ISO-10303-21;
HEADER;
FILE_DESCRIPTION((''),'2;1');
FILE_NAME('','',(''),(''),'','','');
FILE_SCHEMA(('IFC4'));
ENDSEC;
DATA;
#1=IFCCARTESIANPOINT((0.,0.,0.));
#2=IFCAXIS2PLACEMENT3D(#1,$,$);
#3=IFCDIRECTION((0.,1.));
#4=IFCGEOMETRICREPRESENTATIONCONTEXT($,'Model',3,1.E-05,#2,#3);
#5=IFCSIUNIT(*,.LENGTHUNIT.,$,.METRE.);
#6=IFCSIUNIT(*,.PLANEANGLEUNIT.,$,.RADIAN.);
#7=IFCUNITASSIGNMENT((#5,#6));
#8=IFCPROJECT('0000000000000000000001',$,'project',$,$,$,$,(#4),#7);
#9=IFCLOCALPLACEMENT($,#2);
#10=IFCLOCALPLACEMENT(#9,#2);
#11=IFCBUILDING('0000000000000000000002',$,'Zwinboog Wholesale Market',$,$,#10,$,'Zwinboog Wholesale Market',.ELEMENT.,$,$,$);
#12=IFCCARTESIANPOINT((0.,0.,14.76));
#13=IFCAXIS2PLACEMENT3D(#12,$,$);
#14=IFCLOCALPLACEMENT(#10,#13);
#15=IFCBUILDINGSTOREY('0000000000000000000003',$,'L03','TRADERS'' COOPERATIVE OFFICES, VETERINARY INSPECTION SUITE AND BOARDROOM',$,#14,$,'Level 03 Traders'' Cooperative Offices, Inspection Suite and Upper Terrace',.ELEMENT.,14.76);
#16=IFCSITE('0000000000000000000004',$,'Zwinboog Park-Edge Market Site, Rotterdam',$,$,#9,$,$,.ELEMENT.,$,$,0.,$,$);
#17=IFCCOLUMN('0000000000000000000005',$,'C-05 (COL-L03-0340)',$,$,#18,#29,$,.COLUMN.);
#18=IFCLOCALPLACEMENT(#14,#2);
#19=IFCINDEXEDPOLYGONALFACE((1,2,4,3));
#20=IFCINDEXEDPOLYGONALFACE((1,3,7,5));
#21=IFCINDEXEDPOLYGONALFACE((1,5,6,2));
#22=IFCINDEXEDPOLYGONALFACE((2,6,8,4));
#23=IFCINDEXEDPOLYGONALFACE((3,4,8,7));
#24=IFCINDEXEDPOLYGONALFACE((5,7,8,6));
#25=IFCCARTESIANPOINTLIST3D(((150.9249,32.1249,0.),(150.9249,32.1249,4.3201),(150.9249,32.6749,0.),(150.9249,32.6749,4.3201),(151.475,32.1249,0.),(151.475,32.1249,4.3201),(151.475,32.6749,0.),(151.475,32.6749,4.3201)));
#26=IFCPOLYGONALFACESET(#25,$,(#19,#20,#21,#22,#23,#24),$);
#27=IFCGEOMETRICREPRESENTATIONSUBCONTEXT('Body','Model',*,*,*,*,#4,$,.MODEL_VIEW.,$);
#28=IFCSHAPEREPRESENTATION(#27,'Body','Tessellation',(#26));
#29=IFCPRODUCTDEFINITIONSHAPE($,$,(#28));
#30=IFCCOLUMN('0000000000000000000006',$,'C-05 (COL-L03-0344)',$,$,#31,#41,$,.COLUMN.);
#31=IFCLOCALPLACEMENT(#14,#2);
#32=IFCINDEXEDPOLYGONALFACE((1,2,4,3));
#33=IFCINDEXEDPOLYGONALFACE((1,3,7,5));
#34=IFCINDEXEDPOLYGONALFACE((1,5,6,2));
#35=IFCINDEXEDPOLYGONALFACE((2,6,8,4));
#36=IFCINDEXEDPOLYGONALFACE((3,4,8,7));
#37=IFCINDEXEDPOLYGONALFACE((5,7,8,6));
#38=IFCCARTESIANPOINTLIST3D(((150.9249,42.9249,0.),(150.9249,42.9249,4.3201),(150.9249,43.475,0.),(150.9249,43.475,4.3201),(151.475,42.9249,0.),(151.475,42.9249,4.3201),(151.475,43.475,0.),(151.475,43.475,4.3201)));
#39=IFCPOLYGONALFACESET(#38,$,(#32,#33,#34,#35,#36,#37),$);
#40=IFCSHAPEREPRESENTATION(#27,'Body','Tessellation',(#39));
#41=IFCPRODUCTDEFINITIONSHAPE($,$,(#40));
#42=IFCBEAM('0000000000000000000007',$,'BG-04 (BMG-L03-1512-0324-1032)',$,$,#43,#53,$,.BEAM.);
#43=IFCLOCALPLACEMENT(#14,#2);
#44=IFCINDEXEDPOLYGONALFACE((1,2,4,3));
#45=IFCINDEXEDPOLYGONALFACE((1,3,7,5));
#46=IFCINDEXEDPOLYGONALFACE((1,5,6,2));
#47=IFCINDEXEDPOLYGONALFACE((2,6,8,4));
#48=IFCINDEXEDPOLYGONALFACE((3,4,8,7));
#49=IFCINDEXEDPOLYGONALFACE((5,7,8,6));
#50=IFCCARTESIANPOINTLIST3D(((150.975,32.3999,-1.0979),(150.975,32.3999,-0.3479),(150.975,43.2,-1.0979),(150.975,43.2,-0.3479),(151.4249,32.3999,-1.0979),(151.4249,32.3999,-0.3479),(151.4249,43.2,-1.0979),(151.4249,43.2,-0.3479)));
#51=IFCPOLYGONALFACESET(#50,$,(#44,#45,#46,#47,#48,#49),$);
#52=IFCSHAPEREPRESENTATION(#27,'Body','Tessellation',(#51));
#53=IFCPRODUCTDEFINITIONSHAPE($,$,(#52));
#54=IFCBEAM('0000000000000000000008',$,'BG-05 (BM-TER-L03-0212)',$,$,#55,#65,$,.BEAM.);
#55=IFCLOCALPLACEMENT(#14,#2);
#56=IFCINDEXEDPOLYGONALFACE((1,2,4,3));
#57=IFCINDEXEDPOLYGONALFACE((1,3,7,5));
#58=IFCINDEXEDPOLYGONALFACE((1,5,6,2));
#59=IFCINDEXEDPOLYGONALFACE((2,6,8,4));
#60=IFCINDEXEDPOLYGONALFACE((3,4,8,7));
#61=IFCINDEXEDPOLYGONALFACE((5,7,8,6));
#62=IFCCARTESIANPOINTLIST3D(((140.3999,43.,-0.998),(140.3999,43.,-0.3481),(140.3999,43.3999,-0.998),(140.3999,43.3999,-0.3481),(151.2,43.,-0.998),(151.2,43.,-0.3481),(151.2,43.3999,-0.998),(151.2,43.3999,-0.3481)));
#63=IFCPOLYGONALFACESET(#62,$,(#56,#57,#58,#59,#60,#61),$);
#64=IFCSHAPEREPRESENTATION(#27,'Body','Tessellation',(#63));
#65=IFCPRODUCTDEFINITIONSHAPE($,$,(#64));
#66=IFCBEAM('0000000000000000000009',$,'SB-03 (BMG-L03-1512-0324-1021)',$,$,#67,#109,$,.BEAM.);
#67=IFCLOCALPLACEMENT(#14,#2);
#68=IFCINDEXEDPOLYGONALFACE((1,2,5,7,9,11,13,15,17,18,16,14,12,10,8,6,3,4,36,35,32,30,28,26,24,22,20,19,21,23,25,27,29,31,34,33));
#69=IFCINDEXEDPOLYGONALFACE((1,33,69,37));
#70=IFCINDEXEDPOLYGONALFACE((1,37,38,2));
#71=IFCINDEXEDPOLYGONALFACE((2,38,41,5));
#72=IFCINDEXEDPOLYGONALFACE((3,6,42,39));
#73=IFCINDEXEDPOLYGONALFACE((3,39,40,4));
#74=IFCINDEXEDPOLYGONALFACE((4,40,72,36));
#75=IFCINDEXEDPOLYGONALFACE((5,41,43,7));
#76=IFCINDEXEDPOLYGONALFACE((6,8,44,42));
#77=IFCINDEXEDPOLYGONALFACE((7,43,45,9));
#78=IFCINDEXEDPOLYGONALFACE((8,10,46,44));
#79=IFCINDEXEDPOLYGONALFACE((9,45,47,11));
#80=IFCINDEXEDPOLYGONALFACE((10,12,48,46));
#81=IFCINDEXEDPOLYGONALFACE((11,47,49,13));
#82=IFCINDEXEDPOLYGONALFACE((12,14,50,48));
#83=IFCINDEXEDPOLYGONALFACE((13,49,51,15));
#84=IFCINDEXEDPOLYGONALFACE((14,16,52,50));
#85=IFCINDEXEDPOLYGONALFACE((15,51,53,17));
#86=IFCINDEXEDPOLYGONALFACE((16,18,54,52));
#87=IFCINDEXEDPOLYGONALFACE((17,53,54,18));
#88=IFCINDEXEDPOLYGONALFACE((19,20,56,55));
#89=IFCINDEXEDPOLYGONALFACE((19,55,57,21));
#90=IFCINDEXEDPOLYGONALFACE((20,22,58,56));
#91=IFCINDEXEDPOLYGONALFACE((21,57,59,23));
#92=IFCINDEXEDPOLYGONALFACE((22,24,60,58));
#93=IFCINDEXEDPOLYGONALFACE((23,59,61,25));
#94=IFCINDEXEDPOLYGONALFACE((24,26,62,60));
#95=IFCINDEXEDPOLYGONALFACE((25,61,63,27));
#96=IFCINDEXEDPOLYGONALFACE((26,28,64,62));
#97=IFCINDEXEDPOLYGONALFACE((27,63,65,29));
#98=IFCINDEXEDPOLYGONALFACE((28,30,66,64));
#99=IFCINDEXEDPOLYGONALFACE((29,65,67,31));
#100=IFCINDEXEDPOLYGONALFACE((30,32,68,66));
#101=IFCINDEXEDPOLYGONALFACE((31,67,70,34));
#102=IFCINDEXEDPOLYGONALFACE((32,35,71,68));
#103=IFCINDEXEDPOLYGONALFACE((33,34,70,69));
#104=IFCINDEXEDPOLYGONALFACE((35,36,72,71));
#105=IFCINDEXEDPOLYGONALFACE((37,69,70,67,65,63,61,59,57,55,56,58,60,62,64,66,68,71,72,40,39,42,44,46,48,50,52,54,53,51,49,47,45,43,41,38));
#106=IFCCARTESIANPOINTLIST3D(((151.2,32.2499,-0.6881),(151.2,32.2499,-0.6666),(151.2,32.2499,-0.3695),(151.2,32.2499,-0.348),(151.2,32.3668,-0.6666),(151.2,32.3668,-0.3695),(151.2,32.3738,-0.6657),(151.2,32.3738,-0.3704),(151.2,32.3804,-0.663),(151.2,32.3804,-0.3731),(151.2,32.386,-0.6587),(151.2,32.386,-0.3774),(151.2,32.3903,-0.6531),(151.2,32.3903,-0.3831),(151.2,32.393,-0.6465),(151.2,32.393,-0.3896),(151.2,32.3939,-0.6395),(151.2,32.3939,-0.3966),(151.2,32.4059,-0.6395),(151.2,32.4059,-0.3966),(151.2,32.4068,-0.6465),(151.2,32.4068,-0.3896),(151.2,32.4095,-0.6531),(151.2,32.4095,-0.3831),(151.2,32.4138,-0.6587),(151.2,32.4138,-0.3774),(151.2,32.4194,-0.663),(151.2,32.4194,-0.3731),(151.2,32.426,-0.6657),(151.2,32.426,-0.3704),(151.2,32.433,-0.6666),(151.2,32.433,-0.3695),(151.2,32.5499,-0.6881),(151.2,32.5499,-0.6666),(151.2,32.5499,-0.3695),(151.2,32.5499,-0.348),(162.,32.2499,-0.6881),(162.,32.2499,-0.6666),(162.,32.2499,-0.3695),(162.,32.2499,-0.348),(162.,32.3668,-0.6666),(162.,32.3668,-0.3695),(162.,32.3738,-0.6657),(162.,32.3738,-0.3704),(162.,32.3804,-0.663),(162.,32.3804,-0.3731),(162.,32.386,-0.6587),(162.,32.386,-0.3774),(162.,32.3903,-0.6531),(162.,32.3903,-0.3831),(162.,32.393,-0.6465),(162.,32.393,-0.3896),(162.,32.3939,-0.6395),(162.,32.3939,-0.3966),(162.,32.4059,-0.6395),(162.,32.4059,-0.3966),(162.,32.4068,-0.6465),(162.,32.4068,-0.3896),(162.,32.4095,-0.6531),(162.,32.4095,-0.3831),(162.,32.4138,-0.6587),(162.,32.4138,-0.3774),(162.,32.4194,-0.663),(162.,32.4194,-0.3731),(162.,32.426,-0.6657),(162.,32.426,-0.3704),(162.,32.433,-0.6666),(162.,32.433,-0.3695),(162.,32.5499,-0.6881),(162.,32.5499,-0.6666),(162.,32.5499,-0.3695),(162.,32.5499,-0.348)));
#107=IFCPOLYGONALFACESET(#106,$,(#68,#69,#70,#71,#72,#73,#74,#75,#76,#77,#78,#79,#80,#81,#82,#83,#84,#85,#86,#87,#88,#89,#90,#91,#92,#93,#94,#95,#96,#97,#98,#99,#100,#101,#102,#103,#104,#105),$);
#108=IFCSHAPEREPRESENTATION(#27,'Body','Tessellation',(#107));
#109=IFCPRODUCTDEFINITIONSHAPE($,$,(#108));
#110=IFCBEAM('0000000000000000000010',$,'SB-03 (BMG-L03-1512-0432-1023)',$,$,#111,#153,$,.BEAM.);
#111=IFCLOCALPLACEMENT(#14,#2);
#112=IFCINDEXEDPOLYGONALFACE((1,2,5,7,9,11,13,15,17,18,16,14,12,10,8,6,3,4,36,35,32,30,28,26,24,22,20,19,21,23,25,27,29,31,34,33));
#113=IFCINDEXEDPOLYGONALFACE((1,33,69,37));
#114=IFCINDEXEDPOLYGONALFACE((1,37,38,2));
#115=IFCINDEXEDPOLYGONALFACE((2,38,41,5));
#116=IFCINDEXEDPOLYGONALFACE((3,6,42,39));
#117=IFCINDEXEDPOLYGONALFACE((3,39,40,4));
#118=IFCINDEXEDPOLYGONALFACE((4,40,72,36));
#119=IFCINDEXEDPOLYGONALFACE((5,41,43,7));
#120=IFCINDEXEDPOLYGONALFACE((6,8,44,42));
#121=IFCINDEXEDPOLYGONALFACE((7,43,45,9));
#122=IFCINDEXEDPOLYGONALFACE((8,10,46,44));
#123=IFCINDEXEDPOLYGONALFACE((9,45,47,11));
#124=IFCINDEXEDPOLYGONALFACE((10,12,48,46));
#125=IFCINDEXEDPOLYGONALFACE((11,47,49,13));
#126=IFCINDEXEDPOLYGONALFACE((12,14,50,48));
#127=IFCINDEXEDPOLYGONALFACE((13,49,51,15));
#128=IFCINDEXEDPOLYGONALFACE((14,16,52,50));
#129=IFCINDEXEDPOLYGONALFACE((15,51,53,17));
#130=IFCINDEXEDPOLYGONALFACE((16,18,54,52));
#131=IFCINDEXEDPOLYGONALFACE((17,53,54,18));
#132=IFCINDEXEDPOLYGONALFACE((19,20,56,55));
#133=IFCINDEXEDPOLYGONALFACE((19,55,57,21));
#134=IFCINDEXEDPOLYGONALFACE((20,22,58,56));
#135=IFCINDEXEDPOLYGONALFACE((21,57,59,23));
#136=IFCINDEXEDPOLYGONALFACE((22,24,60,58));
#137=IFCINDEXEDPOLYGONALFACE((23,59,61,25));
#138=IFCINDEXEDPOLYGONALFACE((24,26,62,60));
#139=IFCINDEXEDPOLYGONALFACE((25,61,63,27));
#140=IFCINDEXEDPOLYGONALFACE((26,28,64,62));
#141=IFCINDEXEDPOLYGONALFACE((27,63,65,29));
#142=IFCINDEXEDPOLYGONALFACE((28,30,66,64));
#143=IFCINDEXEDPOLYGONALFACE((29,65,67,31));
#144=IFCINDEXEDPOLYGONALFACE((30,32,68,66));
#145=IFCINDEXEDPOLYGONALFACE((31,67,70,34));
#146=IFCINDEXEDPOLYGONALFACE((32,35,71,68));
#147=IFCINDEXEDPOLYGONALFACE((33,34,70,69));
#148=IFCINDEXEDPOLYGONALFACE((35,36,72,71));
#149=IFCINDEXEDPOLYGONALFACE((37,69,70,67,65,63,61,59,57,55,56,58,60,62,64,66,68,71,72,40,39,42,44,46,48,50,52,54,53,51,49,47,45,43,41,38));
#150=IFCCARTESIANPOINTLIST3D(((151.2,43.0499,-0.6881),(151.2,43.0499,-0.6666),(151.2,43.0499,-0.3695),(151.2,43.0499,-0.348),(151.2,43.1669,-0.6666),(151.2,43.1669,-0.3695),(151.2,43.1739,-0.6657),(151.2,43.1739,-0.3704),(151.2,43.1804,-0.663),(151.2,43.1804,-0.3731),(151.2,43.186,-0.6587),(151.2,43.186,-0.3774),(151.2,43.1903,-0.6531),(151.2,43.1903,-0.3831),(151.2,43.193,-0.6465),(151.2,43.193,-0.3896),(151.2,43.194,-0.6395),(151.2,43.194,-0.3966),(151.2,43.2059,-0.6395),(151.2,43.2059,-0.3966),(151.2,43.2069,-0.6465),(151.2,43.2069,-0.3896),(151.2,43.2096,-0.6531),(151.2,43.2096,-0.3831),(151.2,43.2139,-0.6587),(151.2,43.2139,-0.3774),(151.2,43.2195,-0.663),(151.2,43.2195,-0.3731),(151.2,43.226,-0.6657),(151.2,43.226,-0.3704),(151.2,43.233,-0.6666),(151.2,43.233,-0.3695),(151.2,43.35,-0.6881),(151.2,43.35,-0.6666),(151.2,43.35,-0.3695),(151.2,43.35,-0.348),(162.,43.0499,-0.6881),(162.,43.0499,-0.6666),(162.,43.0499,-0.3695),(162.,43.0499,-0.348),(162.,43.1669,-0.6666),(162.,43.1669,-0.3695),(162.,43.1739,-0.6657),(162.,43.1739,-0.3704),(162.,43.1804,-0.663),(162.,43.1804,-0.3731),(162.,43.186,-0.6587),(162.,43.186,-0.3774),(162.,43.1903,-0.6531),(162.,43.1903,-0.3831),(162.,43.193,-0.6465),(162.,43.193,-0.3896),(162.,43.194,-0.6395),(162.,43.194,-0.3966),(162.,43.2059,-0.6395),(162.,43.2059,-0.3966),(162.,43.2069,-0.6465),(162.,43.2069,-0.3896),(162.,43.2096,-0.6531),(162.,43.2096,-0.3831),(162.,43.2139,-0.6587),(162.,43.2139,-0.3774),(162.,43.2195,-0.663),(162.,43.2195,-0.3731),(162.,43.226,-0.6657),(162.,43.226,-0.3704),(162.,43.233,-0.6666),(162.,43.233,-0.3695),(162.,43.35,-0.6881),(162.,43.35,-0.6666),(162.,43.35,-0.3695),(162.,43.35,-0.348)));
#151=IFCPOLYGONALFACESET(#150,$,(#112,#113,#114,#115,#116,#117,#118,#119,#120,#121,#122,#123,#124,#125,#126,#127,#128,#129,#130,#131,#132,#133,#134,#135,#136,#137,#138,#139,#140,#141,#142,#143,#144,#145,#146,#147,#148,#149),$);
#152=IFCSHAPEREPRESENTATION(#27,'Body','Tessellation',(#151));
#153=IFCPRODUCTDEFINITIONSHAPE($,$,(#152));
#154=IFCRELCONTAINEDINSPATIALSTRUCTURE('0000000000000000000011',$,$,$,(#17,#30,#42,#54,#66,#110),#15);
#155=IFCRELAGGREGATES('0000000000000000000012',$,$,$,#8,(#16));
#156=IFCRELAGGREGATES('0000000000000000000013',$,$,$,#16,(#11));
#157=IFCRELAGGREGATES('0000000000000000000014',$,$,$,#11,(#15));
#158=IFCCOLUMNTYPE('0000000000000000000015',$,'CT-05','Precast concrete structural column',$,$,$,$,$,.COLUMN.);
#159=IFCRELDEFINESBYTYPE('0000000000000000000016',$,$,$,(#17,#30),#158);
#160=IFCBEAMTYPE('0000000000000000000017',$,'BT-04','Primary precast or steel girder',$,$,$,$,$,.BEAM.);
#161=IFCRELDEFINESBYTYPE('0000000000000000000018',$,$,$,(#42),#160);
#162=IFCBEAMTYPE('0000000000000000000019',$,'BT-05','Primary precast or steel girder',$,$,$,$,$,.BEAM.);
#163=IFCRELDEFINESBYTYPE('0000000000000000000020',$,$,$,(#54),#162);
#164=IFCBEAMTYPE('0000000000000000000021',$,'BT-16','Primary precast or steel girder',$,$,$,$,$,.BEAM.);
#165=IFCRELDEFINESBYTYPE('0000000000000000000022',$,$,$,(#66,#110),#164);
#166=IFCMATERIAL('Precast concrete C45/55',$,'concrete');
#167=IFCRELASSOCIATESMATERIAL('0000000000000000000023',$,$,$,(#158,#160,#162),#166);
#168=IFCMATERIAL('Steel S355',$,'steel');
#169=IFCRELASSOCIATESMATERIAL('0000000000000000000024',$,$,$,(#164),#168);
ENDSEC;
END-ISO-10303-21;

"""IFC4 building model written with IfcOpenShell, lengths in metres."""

from ifc_helpers import new_model, si_unit, direction, frame, origin, origin_2d, place, context, subcontext, project, spatial, rectangle, i_section, extrude, material, material_profile, profile_set, type_object, element, save


model = new_model("IFC4")

# Units and contexts
model_context = context("Model", 3, precision=1e-05, world=origin(), true_north=direction((0.0, 1.0)))
body_context = subcontext(model_context, "Body", "Model", "MODEL_VIEW")
ifc_project = project(units=[si_unit("LENGTHUNIT", "METRE"), si_unit("PLANEANGLEUNIT", "RADIAN")], contexts=[model_context])

# Site, building, storey
site_placement = place(None, origin())
site = spatial("IfcSite", under=ifc_project, at=site_placement, Name="Zwinboog Park-Edge Market Site, Rotterdam", CompositionType="ELEMENT", RefElevation=0.0)
building_placement = place(site_placement, origin())
building = spatial("IfcBuilding", under=site, at=building_placement, Name="Zwinboog Wholesale Market", LongName="Zwinboog Wholesale Market", CompositionType="ELEMENT")
storey_placement = place(building_placement, frame((0.0, 0.0, 14.76)))
storey = spatial("IfcBuildingStorey", under=building, at=storey_placement, Name="L03", Description="TRADERS' COOPERATIVE OFFICES, VETERINARY INSPECTION SUITE AND BOARDROOM", LongName="Level 03 Traders' Cooperative Offices, Inspection Suite and Upper Terrace", CompositionType="ELEMENT", Elevation=14.76)

# Columns
ifc_material_1 = material(Name="Precast concrete C45/55", Category="concrete")
ifc_material_profile_1 = material_profile(ifc_material_1, rectangle(XDim=0.55, YDim=0.55, at=origin_2d()), Name="PC 550x550")
ifc_profile_set_1 = profile_set([ifc_material_profile_1], Name="Precast concrete C45/55")
column_type = type_object("IfcColumnType", Name="CT-05", Description="Precast concrete structural column", PredefinedType="COLUMN", material=ifc_profile_set_1)
for number, where, z_axis, x_axis, name in (
    (1, (151.2, 32.3999, 0.0), (0.0, 0.0, 1.0), (1.0, 0.0, 0.0), "C-05 (COL-L03-0340)"),
    (2, (151.2, 43.2, 0.0), (0.0, 0.0, 1.0), (1.0, 0.0, 0.0), "C-05 (COL-L03-0344)"),
):
    element("IfcColumn", number, at=place(storey_placement, frame(where, z_axis=z_axis, x_axis=x_axis)), inside=storey, type_object=column_type, Name=name, PredefinedType="COLUMN", context=body_context, shape_type="SweptSolid", body=[
        extrude(rectangle(XDim=0.55, YDim=0.55, at=origin_2d()), origin(), (0.0, 0.0, 1.0), 4.3201),
    ])

# Beams
ifc_material_profile_2 = material_profile(ifc_material_1, rectangle(XDim=0.45, YDim=0.75, at=origin_2d()), Name="PC 450x750")
ifc_profile_set_2 = profile_set([ifc_material_profile_2], Name="Precast concrete C45/55")
beam_type_1 = type_object("IfcBeamType", Name="BT-04", Description="Primary precast or steel girder", PredefinedType="BEAM", material=ifc_profile_set_2)
beam_1_placement = place(storey_placement, frame((151.2, 32.3999, -0.7229), z_axis=(0.0, 1.0, 0.0), x_axis=(-1.0, 0.0, 0.0)))
element("IfcBeam", 3, at=beam_1_placement, inside=storey, type_object=beam_type_1, Name="BG-04 (BMG-L03-1512-0324-1032)", PredefinedType="BEAM", context=body_context, shape_type="SweptSolid", body=[
    extrude(rectangle(XDim=0.45, YDim=0.75, at=origin_2d()), origin(), (0.0, 0.0, 1.0), 10.8),
])
ifc_material_profile_3 = material_profile(ifc_material_1, rectangle(XDim=0.3999, YDim=0.6499, at=origin_2d()), Name="PC 400x650")
ifc_profile_set_3 = profile_set([ifc_material_profile_3], Name="Precast concrete C45/55")
beam_type_2 = type_object("IfcBeamType", Name="BT-05", Description="Primary precast or steel girder", PredefinedType="BEAM", material=ifc_profile_set_3)
beam_2_placement = place(storey_placement, frame((140.3999, 43.2, -0.6731), z_axis=(1.0, 0.0, 0.0), x_axis=(0.0, 1.0, 0.0)))
element("IfcBeam", 4, at=beam_2_placement, inside=storey, type_object=beam_type_2, Name="BG-05 (BM-TER-L03-0212)", PredefinedType="BEAM", context=body_context, shape_type="SweptSolid", body=[
    extrude(rectangle(XDim=0.3999, YDim=0.6499, at=origin_2d()), origin(), (0.0, 0.0, 1.0), 10.8),
])
ifc_material_2 = material(Name="Steel S355", Category="steel")
ifc_material_profile_4 = material_profile(ifc_material_2, i_section(OverallWidth=0.3, OverallDepth=0.3401, WebThickness=0.012, FlangeThickness=0.0215, FilletRadius=0.0271, at=origin_2d()), Name="HEB 340")
ifc_profile_set_4 = profile_set([ifc_material_profile_4], Name="Steel S355")
beam_type_3 = type_object("IfcBeamType", Name="BT-16", Description="Primary precast or steel girder", PredefinedType="BEAM", material=ifc_profile_set_4)
for number, where, z_axis, x_axis, name in (
    (5, (151.2, 32.3999, -0.5181), (1.0, 0.0, 0.0), (0.0, 1.0, 0.0), "SB-03 (BMG-L03-1512-0324-1021)"),
    (6, (151.2, 43.2, -0.5181), (1.0, 0.0, 0.0), (0.0, 1.0, 0.0), "SB-03 (BMG-L03-1512-0432-1023)"),
):
    element("IfcBeam", number, at=place(storey_placement, frame(where, z_axis=z_axis, x_axis=x_axis)), inside=storey, type_object=beam_type_3, Name=name, PredefinedType="BEAM", context=body_context, shape_type="SweptSolid", body=[
        extrude(i_section(OverallWidth=0.3, OverallDepth=0.3401, WebThickness=0.012, FlangeThickness=0.0215, FilletRadius=0.0271, at=origin_2d()), origin(), (0.0, 0.0, 1.0), 10.8),
    ])

save(model, "model.ifc")
